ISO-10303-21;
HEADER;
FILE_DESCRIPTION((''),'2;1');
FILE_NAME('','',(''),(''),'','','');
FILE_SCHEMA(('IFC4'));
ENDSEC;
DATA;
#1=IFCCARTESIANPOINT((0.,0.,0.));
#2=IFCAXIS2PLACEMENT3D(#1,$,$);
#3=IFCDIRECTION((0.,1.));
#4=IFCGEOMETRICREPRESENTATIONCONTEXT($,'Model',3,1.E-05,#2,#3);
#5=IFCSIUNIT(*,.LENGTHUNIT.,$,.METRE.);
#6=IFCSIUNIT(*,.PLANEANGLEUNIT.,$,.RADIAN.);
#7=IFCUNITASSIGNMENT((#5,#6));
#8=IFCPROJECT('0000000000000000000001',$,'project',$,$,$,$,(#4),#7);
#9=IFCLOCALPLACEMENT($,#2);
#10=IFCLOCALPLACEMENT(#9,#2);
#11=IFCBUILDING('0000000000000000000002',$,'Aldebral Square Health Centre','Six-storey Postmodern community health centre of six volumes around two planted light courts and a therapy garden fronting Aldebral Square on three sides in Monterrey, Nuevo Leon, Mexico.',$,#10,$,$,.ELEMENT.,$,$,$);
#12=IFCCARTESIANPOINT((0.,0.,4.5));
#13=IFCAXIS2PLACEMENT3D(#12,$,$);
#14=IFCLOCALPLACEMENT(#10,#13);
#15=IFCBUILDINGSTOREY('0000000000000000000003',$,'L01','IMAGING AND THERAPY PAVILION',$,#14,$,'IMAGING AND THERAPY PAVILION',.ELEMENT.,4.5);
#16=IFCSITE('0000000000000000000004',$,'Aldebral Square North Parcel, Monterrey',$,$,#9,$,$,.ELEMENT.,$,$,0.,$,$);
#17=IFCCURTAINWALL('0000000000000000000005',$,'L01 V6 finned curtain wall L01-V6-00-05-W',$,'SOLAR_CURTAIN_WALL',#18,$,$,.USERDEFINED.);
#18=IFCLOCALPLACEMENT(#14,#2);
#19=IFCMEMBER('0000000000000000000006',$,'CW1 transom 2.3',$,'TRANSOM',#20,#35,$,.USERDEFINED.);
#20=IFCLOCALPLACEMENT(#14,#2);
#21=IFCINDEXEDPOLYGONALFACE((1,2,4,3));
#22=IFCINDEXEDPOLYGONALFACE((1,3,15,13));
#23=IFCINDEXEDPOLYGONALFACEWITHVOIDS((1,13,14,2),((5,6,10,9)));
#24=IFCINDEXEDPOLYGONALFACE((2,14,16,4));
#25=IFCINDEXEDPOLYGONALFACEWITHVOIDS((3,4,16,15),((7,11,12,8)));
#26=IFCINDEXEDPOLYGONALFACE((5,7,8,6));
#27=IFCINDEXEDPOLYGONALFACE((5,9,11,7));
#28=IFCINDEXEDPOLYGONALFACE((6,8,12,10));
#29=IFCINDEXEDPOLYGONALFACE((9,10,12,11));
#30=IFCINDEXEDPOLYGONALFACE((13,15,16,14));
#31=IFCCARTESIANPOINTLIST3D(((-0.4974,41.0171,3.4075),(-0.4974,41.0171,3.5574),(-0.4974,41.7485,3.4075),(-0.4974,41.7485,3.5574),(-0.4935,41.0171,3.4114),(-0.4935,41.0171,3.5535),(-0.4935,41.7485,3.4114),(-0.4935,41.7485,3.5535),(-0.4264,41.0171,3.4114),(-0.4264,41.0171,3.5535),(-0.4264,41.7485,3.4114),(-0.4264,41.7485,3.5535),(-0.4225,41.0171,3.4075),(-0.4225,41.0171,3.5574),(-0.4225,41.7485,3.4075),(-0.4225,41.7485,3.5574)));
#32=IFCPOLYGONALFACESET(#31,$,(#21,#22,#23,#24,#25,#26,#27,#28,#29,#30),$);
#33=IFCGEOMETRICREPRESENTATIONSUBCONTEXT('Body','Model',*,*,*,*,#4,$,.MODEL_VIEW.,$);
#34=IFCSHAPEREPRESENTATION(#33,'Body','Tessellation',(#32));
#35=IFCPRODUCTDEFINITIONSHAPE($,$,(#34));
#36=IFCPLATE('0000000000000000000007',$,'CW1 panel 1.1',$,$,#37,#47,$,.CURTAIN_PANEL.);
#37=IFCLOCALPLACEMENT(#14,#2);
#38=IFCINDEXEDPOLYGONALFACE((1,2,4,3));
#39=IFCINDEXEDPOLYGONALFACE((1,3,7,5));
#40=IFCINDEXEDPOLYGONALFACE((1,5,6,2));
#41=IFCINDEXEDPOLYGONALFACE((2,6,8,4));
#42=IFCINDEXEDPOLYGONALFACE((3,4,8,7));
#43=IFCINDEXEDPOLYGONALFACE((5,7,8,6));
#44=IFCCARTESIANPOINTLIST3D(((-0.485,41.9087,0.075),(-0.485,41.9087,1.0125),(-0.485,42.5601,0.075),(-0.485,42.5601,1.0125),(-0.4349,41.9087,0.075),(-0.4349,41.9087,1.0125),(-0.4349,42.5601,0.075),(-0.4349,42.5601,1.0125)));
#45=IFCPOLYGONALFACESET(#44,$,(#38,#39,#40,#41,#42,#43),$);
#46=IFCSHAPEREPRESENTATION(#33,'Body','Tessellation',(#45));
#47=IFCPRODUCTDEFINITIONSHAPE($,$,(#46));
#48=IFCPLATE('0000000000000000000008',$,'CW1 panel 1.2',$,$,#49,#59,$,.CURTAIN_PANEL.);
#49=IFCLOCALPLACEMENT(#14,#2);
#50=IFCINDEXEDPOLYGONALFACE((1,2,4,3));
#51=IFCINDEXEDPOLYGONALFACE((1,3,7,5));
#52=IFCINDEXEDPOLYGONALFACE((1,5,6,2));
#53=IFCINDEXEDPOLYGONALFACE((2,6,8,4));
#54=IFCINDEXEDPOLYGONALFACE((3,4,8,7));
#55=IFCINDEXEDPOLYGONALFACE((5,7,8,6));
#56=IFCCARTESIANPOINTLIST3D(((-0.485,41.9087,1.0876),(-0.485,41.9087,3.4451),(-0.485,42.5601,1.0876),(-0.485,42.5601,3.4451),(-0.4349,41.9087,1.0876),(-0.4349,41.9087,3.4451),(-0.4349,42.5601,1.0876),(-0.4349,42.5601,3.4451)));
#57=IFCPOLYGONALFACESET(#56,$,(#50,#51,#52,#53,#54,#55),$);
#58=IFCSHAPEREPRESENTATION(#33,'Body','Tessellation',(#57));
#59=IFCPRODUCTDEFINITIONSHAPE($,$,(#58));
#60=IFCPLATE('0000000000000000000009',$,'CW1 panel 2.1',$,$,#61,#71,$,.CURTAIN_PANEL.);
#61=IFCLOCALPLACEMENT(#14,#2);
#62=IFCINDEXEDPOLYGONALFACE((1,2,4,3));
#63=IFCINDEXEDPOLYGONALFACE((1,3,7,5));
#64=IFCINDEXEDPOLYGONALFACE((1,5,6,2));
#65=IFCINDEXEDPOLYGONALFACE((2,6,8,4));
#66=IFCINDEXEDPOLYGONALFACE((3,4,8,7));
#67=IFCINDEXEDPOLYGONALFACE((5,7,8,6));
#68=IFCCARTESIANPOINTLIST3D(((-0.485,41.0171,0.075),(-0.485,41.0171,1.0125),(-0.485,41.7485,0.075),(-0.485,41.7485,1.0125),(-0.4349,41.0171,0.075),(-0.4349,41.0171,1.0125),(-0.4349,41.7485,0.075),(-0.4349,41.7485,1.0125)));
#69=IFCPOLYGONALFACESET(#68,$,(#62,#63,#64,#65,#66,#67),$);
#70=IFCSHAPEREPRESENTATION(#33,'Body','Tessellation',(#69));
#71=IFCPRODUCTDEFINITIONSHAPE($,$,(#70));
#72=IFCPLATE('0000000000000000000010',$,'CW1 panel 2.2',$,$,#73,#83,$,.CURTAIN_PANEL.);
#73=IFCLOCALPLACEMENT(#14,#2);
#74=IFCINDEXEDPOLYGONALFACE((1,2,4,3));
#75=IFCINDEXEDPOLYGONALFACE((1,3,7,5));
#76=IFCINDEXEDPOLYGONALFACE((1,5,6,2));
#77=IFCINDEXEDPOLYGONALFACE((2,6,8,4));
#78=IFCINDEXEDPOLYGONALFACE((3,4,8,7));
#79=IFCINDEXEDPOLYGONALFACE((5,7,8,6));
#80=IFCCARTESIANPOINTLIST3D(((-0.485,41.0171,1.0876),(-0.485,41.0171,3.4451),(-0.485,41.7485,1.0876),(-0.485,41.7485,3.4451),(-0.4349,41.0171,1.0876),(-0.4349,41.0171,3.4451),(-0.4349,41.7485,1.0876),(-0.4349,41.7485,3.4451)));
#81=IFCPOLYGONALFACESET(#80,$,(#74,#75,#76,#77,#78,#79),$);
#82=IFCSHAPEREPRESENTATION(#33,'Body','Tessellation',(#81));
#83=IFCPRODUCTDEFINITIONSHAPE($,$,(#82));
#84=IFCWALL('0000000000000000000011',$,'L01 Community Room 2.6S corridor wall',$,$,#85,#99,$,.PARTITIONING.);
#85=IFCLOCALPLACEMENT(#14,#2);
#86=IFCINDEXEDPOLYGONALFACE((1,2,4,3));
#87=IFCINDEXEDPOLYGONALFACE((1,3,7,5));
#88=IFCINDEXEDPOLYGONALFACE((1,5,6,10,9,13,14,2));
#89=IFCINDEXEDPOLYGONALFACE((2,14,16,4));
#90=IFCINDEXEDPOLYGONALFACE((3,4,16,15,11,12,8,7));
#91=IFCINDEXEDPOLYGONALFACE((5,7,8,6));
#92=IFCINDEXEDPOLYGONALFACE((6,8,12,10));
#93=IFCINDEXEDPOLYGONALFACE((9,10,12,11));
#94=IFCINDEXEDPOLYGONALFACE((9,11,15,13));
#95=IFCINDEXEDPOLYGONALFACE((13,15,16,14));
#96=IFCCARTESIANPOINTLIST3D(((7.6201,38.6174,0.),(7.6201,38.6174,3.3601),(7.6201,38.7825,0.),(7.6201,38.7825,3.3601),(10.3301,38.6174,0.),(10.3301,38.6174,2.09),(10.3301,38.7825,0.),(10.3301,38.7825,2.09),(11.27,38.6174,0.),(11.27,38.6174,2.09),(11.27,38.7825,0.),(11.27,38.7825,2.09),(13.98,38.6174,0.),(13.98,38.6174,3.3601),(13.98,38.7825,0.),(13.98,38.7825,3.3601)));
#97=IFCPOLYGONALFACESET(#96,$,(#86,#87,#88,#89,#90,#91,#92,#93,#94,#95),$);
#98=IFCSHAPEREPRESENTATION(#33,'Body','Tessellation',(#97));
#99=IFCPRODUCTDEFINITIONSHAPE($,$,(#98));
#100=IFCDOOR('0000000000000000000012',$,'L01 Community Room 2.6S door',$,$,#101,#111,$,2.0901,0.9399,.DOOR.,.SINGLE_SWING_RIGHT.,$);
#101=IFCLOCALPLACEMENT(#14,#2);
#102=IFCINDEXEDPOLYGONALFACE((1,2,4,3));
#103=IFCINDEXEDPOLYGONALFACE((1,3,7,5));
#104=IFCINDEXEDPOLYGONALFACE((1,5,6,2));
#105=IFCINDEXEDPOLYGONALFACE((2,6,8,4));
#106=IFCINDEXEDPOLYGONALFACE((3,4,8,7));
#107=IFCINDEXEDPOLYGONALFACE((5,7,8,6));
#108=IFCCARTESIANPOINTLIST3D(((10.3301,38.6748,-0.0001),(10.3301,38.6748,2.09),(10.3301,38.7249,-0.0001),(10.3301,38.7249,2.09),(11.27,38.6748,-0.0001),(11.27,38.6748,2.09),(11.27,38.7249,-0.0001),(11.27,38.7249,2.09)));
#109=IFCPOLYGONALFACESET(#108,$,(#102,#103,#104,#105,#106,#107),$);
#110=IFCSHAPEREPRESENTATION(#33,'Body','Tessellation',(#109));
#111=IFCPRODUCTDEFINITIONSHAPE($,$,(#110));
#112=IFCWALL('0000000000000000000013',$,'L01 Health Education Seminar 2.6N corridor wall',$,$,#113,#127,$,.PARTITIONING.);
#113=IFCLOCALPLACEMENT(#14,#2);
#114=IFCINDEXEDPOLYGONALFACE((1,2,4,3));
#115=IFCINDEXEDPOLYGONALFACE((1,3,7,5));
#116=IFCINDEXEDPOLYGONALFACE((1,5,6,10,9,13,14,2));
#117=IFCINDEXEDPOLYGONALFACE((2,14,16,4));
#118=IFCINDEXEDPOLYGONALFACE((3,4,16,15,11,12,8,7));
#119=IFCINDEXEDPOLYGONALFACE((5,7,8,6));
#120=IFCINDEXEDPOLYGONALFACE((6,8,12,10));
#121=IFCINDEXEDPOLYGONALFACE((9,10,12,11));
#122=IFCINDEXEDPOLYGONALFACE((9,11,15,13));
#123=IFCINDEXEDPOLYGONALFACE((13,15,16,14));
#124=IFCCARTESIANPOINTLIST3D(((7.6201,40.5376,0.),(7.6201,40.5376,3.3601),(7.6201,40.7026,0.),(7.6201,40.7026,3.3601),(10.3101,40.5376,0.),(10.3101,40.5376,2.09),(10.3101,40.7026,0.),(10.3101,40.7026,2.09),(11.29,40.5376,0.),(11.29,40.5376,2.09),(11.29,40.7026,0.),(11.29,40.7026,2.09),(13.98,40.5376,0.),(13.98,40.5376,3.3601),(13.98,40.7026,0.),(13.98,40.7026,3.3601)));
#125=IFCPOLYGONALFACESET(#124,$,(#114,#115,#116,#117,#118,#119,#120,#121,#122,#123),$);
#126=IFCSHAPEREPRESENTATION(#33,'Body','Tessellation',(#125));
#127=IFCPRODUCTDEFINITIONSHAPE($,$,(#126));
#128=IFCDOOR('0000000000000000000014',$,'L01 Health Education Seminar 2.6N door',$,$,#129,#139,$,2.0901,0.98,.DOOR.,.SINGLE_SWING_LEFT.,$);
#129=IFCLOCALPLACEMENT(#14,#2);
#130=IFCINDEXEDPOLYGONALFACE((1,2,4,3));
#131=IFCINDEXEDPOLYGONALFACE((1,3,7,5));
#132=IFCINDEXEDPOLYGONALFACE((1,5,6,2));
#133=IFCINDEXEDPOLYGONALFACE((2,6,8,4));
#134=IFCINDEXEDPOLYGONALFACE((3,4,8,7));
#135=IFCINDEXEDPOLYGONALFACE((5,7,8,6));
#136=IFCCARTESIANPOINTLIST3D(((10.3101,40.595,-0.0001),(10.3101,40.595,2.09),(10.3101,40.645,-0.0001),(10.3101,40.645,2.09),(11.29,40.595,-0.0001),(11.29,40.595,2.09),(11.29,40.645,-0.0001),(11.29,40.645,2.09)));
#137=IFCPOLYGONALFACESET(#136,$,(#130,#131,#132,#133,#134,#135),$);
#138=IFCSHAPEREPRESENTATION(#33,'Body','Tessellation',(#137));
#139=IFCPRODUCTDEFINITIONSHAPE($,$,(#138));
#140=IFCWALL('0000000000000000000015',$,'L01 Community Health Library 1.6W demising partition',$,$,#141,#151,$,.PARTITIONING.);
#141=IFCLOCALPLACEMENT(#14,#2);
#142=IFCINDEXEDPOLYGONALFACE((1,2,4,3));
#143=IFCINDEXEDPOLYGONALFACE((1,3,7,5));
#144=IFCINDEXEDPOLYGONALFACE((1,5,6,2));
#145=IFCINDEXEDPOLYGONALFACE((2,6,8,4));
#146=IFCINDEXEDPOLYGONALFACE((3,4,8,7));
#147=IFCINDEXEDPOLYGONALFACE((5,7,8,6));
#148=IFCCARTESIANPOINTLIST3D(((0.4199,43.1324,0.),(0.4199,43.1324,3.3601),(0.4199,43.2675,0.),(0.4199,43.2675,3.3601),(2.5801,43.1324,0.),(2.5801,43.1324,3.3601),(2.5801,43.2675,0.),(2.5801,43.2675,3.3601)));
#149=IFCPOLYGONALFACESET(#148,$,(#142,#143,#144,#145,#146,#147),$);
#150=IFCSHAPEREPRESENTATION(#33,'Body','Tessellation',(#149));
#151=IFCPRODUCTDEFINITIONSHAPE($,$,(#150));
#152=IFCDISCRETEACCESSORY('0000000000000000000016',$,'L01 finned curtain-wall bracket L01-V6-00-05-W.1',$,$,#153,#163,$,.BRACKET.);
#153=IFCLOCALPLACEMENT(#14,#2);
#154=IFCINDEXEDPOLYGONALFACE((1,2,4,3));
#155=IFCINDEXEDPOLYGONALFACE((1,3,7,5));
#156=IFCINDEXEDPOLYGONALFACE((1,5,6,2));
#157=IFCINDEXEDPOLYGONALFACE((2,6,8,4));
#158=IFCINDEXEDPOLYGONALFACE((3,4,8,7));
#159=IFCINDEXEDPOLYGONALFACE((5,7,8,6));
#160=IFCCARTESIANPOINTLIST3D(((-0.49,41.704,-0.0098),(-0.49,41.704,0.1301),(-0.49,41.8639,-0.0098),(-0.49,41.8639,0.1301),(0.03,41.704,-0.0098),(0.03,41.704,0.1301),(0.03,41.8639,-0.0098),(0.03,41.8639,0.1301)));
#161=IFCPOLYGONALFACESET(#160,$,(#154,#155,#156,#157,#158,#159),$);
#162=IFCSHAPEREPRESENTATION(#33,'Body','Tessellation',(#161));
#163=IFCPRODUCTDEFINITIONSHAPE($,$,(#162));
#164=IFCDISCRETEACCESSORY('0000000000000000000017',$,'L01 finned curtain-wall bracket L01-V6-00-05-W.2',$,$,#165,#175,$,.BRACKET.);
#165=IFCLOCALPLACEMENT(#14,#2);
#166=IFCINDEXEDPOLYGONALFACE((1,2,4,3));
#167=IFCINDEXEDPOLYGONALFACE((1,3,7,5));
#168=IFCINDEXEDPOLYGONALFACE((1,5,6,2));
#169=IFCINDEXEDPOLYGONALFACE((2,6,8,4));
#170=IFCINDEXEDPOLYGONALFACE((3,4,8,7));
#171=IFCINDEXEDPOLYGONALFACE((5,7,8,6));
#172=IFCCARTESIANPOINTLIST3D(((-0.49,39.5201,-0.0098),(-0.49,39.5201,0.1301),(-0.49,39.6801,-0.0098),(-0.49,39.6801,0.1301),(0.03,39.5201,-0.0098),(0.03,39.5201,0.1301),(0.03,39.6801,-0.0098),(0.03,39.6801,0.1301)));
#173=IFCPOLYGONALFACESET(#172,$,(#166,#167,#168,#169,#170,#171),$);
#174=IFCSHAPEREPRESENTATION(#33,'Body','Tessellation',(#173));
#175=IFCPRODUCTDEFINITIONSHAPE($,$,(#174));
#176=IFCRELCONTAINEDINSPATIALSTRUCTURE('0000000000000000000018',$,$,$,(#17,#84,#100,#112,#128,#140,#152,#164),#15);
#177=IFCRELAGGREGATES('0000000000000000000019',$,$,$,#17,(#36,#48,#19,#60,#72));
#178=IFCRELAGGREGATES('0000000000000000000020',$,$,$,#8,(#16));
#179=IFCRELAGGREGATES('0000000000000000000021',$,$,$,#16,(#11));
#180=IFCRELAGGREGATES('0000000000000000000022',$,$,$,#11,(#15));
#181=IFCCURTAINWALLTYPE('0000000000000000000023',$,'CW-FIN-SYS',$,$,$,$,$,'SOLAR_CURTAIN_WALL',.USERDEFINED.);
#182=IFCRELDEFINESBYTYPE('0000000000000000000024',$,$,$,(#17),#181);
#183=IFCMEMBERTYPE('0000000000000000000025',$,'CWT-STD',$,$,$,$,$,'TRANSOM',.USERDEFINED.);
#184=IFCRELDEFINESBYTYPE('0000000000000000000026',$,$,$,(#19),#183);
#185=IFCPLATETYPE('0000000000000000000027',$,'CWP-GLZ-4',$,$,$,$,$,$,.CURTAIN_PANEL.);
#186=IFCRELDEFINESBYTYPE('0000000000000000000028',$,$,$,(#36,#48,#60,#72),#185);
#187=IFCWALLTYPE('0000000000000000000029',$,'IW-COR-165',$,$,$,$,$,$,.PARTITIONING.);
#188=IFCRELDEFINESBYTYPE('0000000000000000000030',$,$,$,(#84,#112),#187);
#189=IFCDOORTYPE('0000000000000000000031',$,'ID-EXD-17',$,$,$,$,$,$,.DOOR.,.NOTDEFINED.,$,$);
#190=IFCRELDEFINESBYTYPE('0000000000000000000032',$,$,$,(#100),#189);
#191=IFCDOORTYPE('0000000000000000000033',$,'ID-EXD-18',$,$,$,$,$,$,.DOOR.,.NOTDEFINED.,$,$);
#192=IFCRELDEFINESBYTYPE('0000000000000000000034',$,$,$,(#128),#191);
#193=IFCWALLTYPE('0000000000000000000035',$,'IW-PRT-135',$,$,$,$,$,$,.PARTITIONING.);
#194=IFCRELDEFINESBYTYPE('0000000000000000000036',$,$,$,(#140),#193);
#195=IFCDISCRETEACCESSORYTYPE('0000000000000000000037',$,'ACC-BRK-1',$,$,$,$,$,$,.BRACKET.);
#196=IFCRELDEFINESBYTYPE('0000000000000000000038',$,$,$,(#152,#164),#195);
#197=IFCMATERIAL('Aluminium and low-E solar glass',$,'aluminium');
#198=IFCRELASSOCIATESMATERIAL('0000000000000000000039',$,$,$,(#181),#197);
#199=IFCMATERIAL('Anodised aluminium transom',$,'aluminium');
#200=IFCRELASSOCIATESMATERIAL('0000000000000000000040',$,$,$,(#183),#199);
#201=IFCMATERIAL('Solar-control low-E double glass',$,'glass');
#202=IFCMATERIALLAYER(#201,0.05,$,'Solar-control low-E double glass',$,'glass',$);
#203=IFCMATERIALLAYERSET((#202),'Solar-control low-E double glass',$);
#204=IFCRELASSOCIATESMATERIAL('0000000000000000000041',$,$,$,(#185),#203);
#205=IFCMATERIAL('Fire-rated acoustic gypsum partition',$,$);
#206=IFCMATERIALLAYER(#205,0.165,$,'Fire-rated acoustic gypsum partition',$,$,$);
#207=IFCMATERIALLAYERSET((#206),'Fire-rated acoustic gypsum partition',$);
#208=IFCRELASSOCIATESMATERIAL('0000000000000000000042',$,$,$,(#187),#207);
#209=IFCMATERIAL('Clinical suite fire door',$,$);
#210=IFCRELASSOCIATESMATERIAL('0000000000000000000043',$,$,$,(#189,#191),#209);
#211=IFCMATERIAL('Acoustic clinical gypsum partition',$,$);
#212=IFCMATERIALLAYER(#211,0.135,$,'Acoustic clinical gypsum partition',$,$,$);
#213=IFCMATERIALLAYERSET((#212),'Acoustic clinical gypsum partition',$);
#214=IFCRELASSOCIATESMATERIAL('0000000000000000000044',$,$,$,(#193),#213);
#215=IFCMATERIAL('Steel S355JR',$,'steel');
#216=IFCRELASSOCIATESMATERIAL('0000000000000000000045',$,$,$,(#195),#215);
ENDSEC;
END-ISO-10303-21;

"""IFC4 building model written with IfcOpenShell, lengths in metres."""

from ifc_helpers import new_model, si_unit, direction, frame, frame_2d, origin, origin_2d, place, context, subcontext, project, spatial, rectangle, hollow_rectangle, extrude, material, layer, layer_set, material_profile, profile_set, type_object, element, fill, aggregate, save


model = new_model("IFC4")

# Units and contexts
model_context = context("Model", 3, precision=1e-05, world=origin(), true_north=direction((0.0, 1.0)))
body_context = subcontext(model_context, "Body", "Model", "MODEL_VIEW")
ifc_project = project(units=[si_unit("LENGTHUNIT", "METRE"), si_unit("PLANEANGLEUNIT", "RADIAN")], contexts=[model_context])

# Site, building, storey
site_placement = place(None, origin())
site = spatial("IfcSite", under=ifc_project, at=site_placement, Name="Aldebral Square North Parcel, Monterrey", CompositionType="ELEMENT", RefElevation=0.0)
building_placement = place(site_placement, origin())
building = spatial("IfcBuilding", under=site, at=building_placement, Name="Aldebral Square Health Centre", Description="Six-storey Postmodern community health centre of six volumes around two planted light courts and a therapy garden fronting Aldebral Square on three sides in Monterrey, Nuevo Leon, Mexico.", CompositionType="ELEMENT")
storey_placement = place(building_placement, frame((0.0, 0.0, 4.5)))
storey = spatial("IfcBuildingStorey", under=building, at=storey_placement, Name="L01", Description="IMAGING AND THERAPY PAVILION", LongName="IMAGING AND THERAPY PAVILION", CompositionType="ELEMENT", Elevation=4.5)

# Curtain wall, member, plates
ifc_material_1 = material(Name="Aluminium and low-E solar glass", Category="aluminium")
curtain_wall_type = type_object("IfcCurtainWallType", Name="CW-FIN-SYS", ElementType="SOLAR_CURTAIN_WALL", PredefinedType="USERDEFINED", material=ifc_material_1)
curtain_wall_placement = place(storey_placement, origin())
curtain_wall = element("IfcCurtainWall", 1, at=curtain_wall_placement, inside=storey, type_object=curtain_wall_type, Name="L01 V6 finned curtain wall L01-V6-00-05-W", ObjectType="SOLAR_CURTAIN_WALL", PredefinedType="USERDEFINED")
ifc_material_2 = material(Name="Anodised aluminium transom", Category="aluminium")
ifc_material_profile_1 = material_profile(ifc_material_2, hollow_rectangle(XDim=0.075, YDim=0.1499, WallThickness=0.0039, at=origin_2d()), Name="CWT 75x150x4")
ifc_profile_set_1 = profile_set([ifc_material_profile_1], Name="Anodised aluminium transom")
member_type_1 = type_object("IfcMemberType", Name="CWT-STD", ElementType="TRANSOM", PredefinedType="USERDEFINED", material=ifc_profile_set_1)
member_1_placement = place(storey_placement, frame((-0.46, 41.7485, 3.4824), z_axis=(0.0, -1.0, 0.0), x_axis=(1.0, 0.0, 0.0)))
member_1 = element("IfcMember", 2, at=member_1_placement, type_object=member_type_1, Name="CW1 transom 2.3", ObjectType="TRANSOM", PredefinedType="USERDEFINED", context=body_context, shape_type="SweptSolid", body=[
    extrude(hollow_rectangle(XDim=0.075, YDim=0.1499, WallThickness=0.0039, at=origin_2d()), origin(), (0.0, 0.0, 1.0), 0.7314),
])
ifc_material_3 = material(Name="Solar-control low-E double glass", Category="glass")
ifc_layer_1 = layer(ifc_material_3, 0.05, Name="Solar-control low-E double glass", Category="glass")
ifc_layer_set_1 = layer_set([ifc_layer_1], Name="Solar-control low-E double glass")
plate_type = type_object("IfcPlateType", Name="CWP-GLZ-4", PredefinedType="CURTAIN_PANEL", material=ifc_layer_set_1)
plate_1_placement = place(storey_placement, frame((-0.46, 42.2344, 0.075), z_axis=(0.0, 0.0, 1.0), x_axis=(0.0, -1.0, 0.0)))
plate_1 = element("IfcPlate", 3, at=plate_1_placement, type_object=plate_type, Name="CW1 panel 1.1", PredefinedType="CURTAIN_PANEL", context=body_context, shape_type="SweptSolid", body=[
    extrude(rectangle(XDim=0.6514, YDim=0.05, at=origin_2d()), origin(), (0.0, 0.0, 1.0), 0.9375),
])
plate_2_placement = place(storey_placement, frame((-0.46, 42.2344, 1.0876), z_axis=(0.0, 0.0, 1.0), x_axis=(0.0, -1.0, 0.0)))
plate_2 = element("IfcPlate", 4, at=plate_2_placement, type_object=plate_type, Name="CW1 panel 1.2", PredefinedType="CURTAIN_PANEL", context=body_context, shape_type="SweptSolid", body=[
    extrude(rectangle(XDim=0.6514, YDim=0.05, at=origin_2d()), origin(), (0.0, 0.0, 1.0), 2.3574),
])
plate_3_placement = place(storey_placement, frame((-0.46, 41.3828, 0.075), z_axis=(0.0, 0.0, 1.0), x_axis=(0.0, -1.0, 0.0)))
plate_3 = element("IfcPlate", 5, at=plate_3_placement, type_object=plate_type, Name="CW1 panel 2.1", PredefinedType="CURTAIN_PANEL", context=body_context, shape_type="SweptSolid", body=[
    extrude(rectangle(XDim=0.7314, YDim=0.05, at=origin_2d()), origin(), (0.0, 0.0, 1.0), 0.9375),
])
plate_4_placement = place(storey_placement, frame((-0.46, 41.3828, 1.0876), z_axis=(0.0, 0.0, 1.0), x_axis=(0.0, -1.0, 0.0)))
plate_4 = element("IfcPlate", 6, at=plate_4_placement, type_object=plate_type, Name="CW1 panel 2.2", PredefinedType="CURTAIN_PANEL", context=body_context, shape_type="SweptSolid", body=[
    extrude(rectangle(XDim=0.7314, YDim=0.05, at=origin_2d()), origin(), (0.0, 0.0, 1.0), 2.3574),
])
aggregate(curtain_wall, [plate_1, plate_2, member_1, plate_3, plate_4])

# Walls, openings, doors
ifc_material_4 = material(Name="Fire-rated acoustic gypsum partition")
ifc_layer_2 = layer(ifc_material_4, 0.165, Name="Fire-rated acoustic gypsum partition")
ifc_layer_set_2 = layer_set([ifc_layer_2], Name="Fire-rated acoustic gypsum partition")
wall_type_1 = type_object("IfcWallType", Name="IW-COR-165", PredefinedType="PARTITIONING", material=ifc_layer_set_2)
wall_1_placement = place(storey_placement, frame((7.6201, 38.7, 0.0), z_axis=(0.0, 0.0, 1.0), x_axis=(1.0, 0.0, 0.0)))
wall_1 = element("IfcWall", 7, at=wall_1_placement, inside=storey, type_object=wall_type_1, Name="L01 Community Room 2.6S corridor wall", PredefinedType="PARTITIONING", context=body_context, shape_type="SweptSolid", body=[
    extrude(rectangle(XDim=6.3599, YDim=0.165, at=frame_2d((3.1799, 0.0))), origin(), (0.0, 0.0, 1.0), 3.3601),
])
opening_1_placement = place(wall_1_placement, frame((2.71, 0.0, 0.0)))
opening_1 = element("IfcOpeningElement", 8, at=opening_1_placement, cuts=wall_1, PredefinedType="OPENING", context=body_context, shape_type="SweptSolid", body=[
    extrude(rectangle(XDim=0.9399, YDim=2.0901, at=frame_2d((0.47, 1.0449))), frame((0.0, 0.0925, 0.0), z_axis=(0.0, -1.0, 0.0), x_axis=(1.0, 0.0, 0.0)), (0.0, 0.0, 1.0), 0.1851),
])
ifc_material_5 = material(Name="Clinical suite fire door")
door_type_1 = type_object("IfcDoorType", Name="ID-EXD-17", OperationType="NOTDEFINED", PredefinedType="DOOR", material=ifc_material_5)
door_1_placement = place(opening_1_placement, origin())
door_1 = element("IfcDoor", 9, at=door_1_placement, inside=storey, type_object=door_type_1, Name="L01 Community Room 2.6S door", OperationType="SINGLE_SWING_RIGHT", OverallHeight=2.0901, OverallWidth=0.9399, PredefinedType="DOOR", context=body_context, shape_type="SweptSolid", body=[
    extrude(rectangle(XDim=0.9399, YDim=2.0901, at=frame_2d((0.47, 1.0449))), frame((0.0, 0.0249, 0.0), z_axis=(0.0, -1.0, 0.0), x_axis=(1.0, 0.0, 0.0)), (0.0, 0.0, 1.0), 0.05),
])
fill(opening_1, door_1)
wall_2_placement = place(storey_placement, frame((7.6201, 40.6201, 0.0), z_axis=(0.0, 0.0, 1.0), x_axis=(1.0, 0.0, 0.0)))
wall_2 = element("IfcWall", 10, at=wall_2_placement, inside=storey, type_object=wall_type_1, Name="L01 Health Education Seminar 2.6N corridor wall", PredefinedType="PARTITIONING", context=body_context, shape_type="SweptSolid", body=[
    extrude(rectangle(XDim=6.3599, YDim=0.165, at=frame_2d((3.1799, 0.0))), origin(), (0.0, 0.0, 1.0), 3.3601),
])
opening_2_placement = place(wall_2_placement, frame((2.6899, 0.0, 0.0)))
opening_2 = element("IfcOpeningElement", 11, at=opening_2_placement, cuts=wall_2, PredefinedType="OPENING", context=body_context, shape_type="SweptSolid", body=[
    extrude(rectangle(XDim=0.98, YDim=2.0901, at=frame_2d((0.49, 1.0449))), frame((0.0, 0.0925, 0.0), z_axis=(0.0, -1.0, 0.0), x_axis=(1.0, 0.0, 0.0)), (0.0, 0.0, 1.0), 0.1851),
])
door_type_2 = type_object("IfcDoorType", Name="ID-EXD-18", OperationType="NOTDEFINED", PredefinedType="DOOR", material=ifc_material_5)
door_2_placement = place(opening_2_placement, origin())
door_2 = element("IfcDoor", 12, at=door_2_placement, inside=storey, type_object=door_type_2, Name="L01 Health Education Seminar 2.6N door", OperationType="SINGLE_SWING_LEFT", OverallHeight=2.0901, OverallWidth=0.98, PredefinedType="DOOR", context=body_context, shape_type="SweptSolid", body=[
    extrude(rectangle(XDim=0.98, YDim=2.0901, at=frame_2d((0.49, 1.0449))), frame((0.0, 0.0249, 0.0), z_axis=(0.0, -1.0, 0.0), x_axis=(1.0, 0.0, 0.0)), (0.0, 0.0, 1.0), 0.05),
])
fill(opening_2, door_2)

# Wall
ifc_material_6 = material(Name="Acoustic clinical gypsum partition")
ifc_layer_3 = layer(ifc_material_6, 0.135, Name="Acoustic clinical gypsum partition")
ifc_layer_set_3 = layer_set([ifc_layer_3], Name="Acoustic clinical gypsum partition")
wall_type_2 = type_object("IfcWallType", Name="IW-PRT-135", PredefinedType="PARTITIONING", material=ifc_layer_set_3)
wall_3_placement = place(storey_placement, frame((0.4199, 43.2, 0.0), z_axis=(0.0, 0.0, 1.0), x_axis=(1.0, 0.0, 0.0)))
element("IfcWall", 13, at=wall_3_placement, inside=storey, type_object=wall_type_2, Name="L01 Community Health Library 1.6W demising partition", PredefinedType="PARTITIONING", context=body_context, shape_type="SweptSolid", body=[
    extrude(rectangle(XDim=2.1602, YDim=0.135, at=frame_2d((1.0801, 0.0))), origin(), (0.0, 0.0, 1.0), 3.3601),
])

# Discrete accessories
ifc_material_7 = material(Name="Steel S355JR", Category="steel")
discrete_accessory_type = type_object("IfcDiscreteAccessoryType", Name="ACC-BRK-1", PredefinedType="BRACKET", material=ifc_material_7)
for number, where, z_axis, x_axis, name in (
    (14, (-0.23, 41.7839, -0.0098), (0.0, 0.0, 1.0), (0.0, 1.0, 0.0), "L01 finned curtain-wall bracket L01-V6-00-05-W.1"),
    (15, (-0.23, 39.6001, -0.0098), (0.0, 0.0, 1.0), (0.0, 1.0, 0.0), "L01 finned curtain-wall bracket L01-V6-00-05-W.2"),
):
    element("IfcDiscreteAccessory", number, at=place(storey_placement, frame(where, z_axis=z_axis, x_axis=x_axis)), inside=storey, type_object=discrete_accessory_type, Name=name, PredefinedType="BRACKET", context=body_context, shape_type="SweptSolid", body=[
        extrude(rectangle(XDim=0.1599, YDim=0.52, at=origin_2d()), origin(), (0.0, 0.0, 1.0), 0.1399),
    ])

save(model, "model.ifc")
